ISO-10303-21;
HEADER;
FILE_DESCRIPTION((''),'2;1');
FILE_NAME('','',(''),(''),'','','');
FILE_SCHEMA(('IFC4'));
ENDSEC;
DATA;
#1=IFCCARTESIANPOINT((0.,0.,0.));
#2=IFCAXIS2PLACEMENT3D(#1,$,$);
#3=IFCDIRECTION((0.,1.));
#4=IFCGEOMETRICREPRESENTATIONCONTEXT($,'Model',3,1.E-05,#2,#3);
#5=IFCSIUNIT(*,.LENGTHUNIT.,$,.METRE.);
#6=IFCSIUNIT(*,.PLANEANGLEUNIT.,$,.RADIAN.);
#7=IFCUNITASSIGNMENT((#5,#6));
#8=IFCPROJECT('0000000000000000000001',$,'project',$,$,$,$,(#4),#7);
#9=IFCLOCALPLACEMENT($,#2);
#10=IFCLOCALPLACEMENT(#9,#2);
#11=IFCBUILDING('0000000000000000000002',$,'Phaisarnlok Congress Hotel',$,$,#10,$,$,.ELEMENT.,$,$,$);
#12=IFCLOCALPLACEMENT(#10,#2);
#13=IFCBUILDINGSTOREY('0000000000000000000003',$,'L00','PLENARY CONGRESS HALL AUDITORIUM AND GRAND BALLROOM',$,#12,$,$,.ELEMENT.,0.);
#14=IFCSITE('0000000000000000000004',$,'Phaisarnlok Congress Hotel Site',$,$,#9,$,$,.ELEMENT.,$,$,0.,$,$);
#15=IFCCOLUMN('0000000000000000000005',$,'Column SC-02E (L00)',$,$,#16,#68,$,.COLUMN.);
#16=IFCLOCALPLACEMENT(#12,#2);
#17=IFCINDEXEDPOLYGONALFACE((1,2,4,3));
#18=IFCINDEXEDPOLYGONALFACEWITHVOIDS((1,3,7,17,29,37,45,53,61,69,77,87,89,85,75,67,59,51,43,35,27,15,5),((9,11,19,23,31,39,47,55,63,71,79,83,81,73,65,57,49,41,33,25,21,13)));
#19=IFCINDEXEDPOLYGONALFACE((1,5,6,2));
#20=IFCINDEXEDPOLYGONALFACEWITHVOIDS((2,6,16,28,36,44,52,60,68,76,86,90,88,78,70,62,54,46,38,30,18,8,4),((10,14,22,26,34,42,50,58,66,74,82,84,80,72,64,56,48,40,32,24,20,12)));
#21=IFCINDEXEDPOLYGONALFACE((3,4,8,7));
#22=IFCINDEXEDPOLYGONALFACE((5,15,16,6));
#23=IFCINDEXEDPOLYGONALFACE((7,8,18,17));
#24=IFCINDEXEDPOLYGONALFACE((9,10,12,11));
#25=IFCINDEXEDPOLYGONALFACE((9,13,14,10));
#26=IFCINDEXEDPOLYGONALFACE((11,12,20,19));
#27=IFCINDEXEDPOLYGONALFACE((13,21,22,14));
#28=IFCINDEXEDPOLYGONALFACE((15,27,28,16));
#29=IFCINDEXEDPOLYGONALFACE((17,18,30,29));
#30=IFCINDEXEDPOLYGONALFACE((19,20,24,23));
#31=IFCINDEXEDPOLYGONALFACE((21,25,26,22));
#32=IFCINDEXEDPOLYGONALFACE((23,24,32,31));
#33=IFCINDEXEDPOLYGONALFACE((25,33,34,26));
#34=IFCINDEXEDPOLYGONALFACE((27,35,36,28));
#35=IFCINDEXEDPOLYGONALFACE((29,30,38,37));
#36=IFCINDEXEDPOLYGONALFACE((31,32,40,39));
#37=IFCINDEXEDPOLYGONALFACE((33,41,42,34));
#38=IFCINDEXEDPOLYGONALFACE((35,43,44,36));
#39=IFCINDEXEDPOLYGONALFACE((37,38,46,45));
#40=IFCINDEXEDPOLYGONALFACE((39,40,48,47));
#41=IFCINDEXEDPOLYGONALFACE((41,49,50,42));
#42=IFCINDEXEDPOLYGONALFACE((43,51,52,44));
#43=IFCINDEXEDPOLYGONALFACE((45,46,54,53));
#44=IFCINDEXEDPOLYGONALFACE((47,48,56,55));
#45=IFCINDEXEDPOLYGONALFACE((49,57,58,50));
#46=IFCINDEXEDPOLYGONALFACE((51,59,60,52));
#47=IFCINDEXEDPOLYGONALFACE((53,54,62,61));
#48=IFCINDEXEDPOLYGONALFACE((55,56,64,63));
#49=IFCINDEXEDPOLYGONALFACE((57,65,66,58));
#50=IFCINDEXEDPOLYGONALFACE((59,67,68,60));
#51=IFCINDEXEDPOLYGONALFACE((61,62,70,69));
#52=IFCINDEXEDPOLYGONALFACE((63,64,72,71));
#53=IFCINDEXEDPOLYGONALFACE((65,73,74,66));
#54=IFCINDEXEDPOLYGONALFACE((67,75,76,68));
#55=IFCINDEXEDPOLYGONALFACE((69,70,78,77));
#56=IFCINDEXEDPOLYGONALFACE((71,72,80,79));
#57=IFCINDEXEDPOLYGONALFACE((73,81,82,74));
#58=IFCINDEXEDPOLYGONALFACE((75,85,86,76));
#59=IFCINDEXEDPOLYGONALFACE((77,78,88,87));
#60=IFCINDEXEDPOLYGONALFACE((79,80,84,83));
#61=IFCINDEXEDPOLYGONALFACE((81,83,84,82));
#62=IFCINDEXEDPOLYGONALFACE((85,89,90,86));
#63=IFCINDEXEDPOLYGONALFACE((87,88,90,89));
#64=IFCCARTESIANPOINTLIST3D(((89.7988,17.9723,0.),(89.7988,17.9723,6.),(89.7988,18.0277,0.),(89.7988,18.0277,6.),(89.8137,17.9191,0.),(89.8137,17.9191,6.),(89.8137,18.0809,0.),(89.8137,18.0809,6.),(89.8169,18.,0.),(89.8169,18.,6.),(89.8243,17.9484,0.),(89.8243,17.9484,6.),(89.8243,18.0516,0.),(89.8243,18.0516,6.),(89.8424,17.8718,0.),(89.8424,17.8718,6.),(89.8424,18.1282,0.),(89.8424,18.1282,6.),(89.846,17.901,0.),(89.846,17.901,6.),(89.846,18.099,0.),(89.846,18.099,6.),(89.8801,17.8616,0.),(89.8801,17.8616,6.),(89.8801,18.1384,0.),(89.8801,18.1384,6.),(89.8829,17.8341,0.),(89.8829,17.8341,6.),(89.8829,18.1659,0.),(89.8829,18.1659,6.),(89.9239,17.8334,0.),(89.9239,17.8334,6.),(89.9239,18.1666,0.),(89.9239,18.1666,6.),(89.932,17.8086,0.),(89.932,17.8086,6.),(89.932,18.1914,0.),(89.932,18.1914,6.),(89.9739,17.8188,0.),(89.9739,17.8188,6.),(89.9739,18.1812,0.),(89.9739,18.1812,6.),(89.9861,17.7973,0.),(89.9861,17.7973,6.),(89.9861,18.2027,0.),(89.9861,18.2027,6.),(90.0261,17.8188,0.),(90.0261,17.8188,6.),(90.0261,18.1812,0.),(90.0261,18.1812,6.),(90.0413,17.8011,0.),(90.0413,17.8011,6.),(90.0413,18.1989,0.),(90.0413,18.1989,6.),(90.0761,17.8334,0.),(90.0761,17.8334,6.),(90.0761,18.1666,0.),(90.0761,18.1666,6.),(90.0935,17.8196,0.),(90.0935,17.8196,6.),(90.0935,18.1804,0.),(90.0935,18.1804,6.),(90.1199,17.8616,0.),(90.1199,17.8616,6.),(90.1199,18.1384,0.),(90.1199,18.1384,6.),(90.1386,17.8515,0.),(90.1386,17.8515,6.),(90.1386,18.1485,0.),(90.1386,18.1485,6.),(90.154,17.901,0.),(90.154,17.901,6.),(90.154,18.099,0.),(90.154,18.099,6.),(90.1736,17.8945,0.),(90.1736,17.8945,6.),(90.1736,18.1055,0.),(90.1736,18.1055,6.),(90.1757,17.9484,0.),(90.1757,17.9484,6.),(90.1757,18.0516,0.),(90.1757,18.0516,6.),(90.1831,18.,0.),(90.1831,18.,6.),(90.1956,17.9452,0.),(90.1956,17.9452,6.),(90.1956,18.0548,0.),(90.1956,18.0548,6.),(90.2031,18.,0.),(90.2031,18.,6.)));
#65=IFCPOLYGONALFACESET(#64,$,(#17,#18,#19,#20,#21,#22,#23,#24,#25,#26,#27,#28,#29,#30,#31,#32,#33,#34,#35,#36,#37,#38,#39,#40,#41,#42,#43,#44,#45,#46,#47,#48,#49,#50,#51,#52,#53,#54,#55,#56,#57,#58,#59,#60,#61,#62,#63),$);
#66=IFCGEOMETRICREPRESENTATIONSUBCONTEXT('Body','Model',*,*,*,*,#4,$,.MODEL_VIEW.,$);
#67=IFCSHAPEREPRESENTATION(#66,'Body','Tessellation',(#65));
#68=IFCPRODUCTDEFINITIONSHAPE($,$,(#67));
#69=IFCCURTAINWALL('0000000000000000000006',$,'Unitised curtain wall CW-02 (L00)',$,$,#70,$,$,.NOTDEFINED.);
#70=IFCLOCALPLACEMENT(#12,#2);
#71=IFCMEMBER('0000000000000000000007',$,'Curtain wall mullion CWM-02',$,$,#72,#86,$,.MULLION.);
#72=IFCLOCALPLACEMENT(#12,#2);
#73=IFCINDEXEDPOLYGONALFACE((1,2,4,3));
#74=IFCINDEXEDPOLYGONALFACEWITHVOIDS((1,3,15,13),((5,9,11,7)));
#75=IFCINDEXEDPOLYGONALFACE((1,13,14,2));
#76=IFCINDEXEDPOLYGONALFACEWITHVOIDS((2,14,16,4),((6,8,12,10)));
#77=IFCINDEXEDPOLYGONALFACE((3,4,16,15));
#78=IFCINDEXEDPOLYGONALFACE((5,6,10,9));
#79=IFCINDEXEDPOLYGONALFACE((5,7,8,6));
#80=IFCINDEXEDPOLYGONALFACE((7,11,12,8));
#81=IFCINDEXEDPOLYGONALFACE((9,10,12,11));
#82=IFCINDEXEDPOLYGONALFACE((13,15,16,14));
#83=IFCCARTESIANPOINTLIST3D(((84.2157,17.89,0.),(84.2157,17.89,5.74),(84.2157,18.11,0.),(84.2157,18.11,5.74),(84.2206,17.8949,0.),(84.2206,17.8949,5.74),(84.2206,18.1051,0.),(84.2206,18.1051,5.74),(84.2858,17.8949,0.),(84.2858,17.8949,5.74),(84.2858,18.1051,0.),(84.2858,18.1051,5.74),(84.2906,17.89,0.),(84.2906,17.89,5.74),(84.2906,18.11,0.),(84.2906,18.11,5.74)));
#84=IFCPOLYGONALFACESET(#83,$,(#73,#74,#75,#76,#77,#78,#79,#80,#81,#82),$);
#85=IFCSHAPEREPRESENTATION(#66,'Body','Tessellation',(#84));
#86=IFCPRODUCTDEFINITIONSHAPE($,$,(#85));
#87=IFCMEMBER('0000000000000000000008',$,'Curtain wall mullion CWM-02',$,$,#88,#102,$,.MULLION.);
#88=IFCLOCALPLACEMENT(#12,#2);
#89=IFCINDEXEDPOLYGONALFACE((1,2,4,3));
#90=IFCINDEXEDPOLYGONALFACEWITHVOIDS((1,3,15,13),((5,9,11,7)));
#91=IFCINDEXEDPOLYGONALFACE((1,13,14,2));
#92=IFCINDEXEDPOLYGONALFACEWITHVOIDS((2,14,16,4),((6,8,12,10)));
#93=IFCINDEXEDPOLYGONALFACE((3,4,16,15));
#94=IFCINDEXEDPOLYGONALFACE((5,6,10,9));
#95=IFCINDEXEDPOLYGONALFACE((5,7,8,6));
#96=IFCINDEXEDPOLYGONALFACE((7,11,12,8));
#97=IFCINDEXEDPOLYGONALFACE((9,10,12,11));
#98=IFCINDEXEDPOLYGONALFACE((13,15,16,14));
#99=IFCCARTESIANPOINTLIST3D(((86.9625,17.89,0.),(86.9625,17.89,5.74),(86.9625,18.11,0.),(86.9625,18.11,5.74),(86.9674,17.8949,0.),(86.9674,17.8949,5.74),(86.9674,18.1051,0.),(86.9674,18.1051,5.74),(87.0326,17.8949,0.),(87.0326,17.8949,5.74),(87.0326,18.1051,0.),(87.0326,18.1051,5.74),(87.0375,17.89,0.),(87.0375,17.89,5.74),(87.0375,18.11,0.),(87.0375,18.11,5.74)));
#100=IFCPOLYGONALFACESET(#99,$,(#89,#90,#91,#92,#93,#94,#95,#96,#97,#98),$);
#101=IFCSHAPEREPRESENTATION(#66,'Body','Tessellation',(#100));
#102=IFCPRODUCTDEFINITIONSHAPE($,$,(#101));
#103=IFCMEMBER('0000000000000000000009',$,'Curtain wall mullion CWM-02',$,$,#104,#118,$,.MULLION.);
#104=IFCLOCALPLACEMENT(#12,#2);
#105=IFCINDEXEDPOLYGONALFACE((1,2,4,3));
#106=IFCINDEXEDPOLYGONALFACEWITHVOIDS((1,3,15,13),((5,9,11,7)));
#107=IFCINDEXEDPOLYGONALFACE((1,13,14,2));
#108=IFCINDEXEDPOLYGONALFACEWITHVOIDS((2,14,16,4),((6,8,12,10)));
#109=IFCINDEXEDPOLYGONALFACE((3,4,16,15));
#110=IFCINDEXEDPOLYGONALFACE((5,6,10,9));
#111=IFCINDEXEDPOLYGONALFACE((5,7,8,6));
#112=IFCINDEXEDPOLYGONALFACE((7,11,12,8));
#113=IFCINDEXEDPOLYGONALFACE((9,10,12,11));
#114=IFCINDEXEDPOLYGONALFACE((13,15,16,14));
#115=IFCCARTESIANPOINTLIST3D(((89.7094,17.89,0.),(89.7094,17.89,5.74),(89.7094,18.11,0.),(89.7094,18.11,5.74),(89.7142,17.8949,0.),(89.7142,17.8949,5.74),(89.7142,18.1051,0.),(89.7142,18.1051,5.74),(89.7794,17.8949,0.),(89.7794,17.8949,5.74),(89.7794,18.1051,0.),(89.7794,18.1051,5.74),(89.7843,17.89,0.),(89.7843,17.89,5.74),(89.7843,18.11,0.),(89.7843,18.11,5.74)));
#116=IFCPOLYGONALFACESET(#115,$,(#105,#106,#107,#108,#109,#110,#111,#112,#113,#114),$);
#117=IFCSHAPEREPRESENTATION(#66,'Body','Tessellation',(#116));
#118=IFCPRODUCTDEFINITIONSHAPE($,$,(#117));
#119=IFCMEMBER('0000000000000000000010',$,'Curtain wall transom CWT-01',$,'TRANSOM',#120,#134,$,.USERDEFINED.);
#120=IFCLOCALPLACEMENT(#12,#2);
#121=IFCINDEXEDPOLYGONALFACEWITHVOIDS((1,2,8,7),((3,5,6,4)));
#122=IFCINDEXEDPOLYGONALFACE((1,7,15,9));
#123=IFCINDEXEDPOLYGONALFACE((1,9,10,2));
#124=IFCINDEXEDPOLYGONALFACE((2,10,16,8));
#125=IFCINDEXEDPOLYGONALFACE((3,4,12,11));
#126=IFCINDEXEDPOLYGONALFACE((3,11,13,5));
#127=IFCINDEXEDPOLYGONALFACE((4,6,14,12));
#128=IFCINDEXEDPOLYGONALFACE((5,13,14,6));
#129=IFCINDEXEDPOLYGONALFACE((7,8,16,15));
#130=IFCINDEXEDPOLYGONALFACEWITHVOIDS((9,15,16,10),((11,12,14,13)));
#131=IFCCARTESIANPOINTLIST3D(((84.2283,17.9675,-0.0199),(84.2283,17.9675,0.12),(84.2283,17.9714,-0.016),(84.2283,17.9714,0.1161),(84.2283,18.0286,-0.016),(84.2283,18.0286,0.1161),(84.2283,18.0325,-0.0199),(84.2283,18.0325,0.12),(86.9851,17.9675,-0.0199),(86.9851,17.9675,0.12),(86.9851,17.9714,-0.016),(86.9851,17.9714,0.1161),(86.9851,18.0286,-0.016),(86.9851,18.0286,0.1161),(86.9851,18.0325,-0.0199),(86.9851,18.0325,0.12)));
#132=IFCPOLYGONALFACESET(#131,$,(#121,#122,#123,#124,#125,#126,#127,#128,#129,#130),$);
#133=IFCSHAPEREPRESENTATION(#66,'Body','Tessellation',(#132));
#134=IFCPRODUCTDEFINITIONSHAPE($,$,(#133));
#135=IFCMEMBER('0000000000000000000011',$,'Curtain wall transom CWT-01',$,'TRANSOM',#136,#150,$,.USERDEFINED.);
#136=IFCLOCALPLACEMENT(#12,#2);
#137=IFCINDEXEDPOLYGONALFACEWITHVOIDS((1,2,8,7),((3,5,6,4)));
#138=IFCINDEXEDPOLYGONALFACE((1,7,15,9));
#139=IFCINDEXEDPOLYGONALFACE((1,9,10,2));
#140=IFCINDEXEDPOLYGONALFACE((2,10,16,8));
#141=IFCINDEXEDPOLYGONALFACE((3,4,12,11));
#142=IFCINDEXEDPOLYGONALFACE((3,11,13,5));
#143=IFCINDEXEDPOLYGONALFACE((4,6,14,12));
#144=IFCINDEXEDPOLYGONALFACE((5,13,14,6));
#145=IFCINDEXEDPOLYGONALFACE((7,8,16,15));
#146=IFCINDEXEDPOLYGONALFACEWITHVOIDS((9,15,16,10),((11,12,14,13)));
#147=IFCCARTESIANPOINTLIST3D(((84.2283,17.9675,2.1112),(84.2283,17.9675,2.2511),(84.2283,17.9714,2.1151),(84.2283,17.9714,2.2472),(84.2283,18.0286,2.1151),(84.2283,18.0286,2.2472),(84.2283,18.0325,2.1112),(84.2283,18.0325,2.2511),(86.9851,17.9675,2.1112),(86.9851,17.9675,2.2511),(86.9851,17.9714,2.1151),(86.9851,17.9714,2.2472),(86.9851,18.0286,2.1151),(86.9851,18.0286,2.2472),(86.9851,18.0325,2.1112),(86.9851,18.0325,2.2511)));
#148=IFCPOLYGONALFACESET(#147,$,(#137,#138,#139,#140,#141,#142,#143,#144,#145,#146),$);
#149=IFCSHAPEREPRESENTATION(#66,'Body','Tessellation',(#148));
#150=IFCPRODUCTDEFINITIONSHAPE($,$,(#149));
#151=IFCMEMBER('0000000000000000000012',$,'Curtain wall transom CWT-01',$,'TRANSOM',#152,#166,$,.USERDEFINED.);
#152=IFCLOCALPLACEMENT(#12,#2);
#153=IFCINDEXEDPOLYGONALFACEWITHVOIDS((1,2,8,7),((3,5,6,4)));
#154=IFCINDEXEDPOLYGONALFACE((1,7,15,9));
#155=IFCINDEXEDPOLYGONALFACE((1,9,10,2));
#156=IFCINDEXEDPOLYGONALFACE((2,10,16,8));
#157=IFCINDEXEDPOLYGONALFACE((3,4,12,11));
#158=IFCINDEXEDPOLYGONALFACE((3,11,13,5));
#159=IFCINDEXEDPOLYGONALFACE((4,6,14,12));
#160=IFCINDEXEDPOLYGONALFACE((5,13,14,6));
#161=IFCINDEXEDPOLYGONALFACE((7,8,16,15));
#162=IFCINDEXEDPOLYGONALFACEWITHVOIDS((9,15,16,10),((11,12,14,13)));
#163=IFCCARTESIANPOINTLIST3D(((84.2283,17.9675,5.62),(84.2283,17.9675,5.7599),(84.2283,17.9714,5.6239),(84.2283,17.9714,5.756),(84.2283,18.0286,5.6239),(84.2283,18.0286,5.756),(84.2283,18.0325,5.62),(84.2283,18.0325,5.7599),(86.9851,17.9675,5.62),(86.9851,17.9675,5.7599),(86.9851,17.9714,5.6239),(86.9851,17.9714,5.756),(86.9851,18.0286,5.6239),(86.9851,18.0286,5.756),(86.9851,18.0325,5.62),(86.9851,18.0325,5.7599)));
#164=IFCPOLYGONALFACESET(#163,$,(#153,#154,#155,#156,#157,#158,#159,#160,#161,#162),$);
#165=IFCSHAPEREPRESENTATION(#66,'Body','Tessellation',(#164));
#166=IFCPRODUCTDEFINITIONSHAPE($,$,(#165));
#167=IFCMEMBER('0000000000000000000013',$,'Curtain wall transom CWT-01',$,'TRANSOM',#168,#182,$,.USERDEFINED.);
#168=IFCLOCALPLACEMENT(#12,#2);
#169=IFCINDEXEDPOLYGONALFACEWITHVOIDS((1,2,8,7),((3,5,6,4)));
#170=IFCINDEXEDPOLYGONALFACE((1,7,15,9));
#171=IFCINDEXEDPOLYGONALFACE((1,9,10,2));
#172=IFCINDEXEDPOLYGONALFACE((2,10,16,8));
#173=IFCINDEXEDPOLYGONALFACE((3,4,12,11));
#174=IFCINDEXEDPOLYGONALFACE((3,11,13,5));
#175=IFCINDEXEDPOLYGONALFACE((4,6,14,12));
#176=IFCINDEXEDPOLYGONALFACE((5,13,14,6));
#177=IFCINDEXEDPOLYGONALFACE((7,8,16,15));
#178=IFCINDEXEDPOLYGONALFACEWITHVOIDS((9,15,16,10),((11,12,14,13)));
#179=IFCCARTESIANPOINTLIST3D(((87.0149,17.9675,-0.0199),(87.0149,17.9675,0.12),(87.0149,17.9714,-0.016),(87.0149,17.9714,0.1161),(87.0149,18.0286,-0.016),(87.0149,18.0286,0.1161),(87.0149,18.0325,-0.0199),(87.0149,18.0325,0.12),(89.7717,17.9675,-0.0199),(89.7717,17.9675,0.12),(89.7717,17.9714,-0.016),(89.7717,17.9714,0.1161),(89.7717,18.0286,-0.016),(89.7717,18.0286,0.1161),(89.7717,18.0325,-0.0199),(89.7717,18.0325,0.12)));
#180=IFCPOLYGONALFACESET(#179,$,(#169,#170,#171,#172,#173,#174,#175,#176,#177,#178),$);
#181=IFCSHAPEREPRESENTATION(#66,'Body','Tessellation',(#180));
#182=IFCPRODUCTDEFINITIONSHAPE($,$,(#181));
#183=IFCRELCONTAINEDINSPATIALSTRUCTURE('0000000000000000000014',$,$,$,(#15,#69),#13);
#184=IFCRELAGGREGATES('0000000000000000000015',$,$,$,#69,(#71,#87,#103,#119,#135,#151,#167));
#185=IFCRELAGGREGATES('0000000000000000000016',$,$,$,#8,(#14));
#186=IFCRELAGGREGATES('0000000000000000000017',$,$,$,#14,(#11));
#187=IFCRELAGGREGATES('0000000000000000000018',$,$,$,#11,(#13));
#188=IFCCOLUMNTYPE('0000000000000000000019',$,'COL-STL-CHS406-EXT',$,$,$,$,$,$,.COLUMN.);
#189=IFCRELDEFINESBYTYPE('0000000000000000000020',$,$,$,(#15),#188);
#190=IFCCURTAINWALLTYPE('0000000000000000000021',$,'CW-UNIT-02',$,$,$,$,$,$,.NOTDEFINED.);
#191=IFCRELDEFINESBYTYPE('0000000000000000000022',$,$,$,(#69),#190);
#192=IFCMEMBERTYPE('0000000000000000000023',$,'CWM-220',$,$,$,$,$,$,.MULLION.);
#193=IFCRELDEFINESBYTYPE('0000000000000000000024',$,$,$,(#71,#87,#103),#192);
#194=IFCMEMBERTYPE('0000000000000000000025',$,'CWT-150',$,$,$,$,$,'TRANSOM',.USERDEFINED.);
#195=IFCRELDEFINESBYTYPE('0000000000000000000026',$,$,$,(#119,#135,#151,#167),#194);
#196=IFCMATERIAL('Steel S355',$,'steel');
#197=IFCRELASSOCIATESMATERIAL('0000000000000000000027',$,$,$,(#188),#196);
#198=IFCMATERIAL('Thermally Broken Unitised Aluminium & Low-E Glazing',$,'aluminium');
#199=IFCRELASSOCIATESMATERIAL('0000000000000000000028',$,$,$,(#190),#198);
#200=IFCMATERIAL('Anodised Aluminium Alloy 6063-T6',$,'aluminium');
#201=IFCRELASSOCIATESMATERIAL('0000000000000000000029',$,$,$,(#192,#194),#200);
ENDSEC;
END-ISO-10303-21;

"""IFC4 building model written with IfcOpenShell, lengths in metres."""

from ifc_helpers import new_model, si_unit, direction, frame, origin, origin_2d, place, context, subcontext, project, spatial, hollow_rectangle, hollow_circle, extrude, material, material_profile, profile_set, type_object, element, aggregate, save


model = new_model("IFC4")

# Units and contexts
model_context = context("Model", 3, precision=1e-05, world=origin(), true_north=direction((0.0, 1.0)))
body_context = subcontext(model_context, "Body", "Model", "MODEL_VIEW")
ifc_project = project(units=[si_unit("LENGTHUNIT", "METRE"), si_unit("PLANEANGLEUNIT", "RADIAN")], contexts=[model_context])

# Site, building, storey
site_placement = place(None, origin())
site = spatial("IfcSite", under=ifc_project, at=site_placement, Name="Phaisarnlok Congress Hotel Site", CompositionType="ELEMENT", RefElevation=0.0)
building_placement = place(site_placement, origin())
building = spatial("IfcBuilding", under=site, at=building_placement, Name="Phaisarnlok Congress Hotel", CompositionType="ELEMENT")
storey_placement = place(building_placement, origin())
storey = spatial("IfcBuildingStorey", under=building, at=storey_placement, Name="L00", Description="PLENARY CONGRESS HALL AUDITORIUM AND GRAND BALLROOM", CompositionType="ELEMENT", Elevation=0.0)

# Column
ifc_material_1 = material(Name="Steel S355", Category="steel")
ifc_material_profile_1 = material_profile(ifc_material_1, hollow_circle(Radius=0.2031, WallThickness=0.02, at=origin_2d()), Name="CHS 406.4x20")
ifc_profile_set_1 = profile_set([ifc_material_profile_1], Name="Steel S355")
column_type_1 = type_object("IfcColumnType", Name="COL-STL-CHS406-EXT", PredefinedType="COLUMN", material=ifc_profile_set_1)
for number, where, z_axis, x_axis, name in (
    (1, (90.0, 18.0, 0.0), (0.0, 0.0, 1.0), (1.0, 0.0, 0.0), "Column SC-02E (L00)"),
):
    element("IfcColumn", number, at=place(storey_placement, frame(where, z_axis=z_axis, x_axis=x_axis)), inside=storey, type_object=column_type_1, Name=name, PredefinedType="COLUMN", context=body_context, shape_type="SweptSolid", body=[
        extrude(hollow_circle(Radius=0.2031, WallThickness=0.02, at=origin_2d()), origin(), (0.0, 0.0, 1.0), 6.0),
    ])

# Curtain wall, members
ifc_material_2 = material(Name="Thermally Broken Unitised Aluminium & Low-E Glazing", Category="aluminium")
curtain_wall_type = type_object("IfcCurtainWallType", Name="CW-UNIT-02", PredefinedType="NOTDEFINED", material=ifc_material_2)
curtain_wall_placement = place(storey_placement, origin())
curtain_wall = element("IfcCurtainWall", 2, at=curtain_wall_placement, inside=storey, type_object=curtain_wall_type, Name="Unitised curtain wall CW-02 (L00)", PredefinedType="NOTDEFINED")
ifc_material_3 = material(Name="Anodised Aluminium Alloy 6063-T6", Category="aluminium")
ifc_material_profile_2 = material_profile(ifc_material_3, hollow_rectangle(XDim=0.075, YDim=0.22, WallThickness=0.0049, at=origin_2d()), Name="ALU-M 75x220x5")
ifc_profile_set_2 = profile_set([ifc_material_profile_2], Name="Anodised Aluminium Alloy 6063-T6")
member_type_1 = type_object("IfcMemberType", Name="CWM-220", PredefinedType="MULLION", material=ifc_profile_set_2)
member_1_placement = place(storey_placement, frame((84.2532, 18.0, 0.0), z_axis=(0.0, 0.0, 1.0), x_axis=(1.0, 0.0, 0.0)))
member_1 = element("IfcMember", 3, at=member_1_placement, type_object=member_type_1, Name="Curtain wall mullion CWM-02", PredefinedType="MULLION", context=body_context, shape_type="SweptSolid", body=[
    extrude(hollow_rectangle(XDim=0.075, YDim=0.22, WallThickness=0.0049, at=origin_2d()), origin(), (0.0, 0.0, 1.0), 5.74),
])
member_2_placement = place(storey_placement, frame((87.0, 18.0, 0.0), z_axis=(0.0, 0.0, 1.0), x_axis=(1.0, 0.0, 0.0)))
member_2 = element("IfcMember", 4, at=member_2_placement, type_object=member_type_1, Name="Curtain wall mullion CWM-02", PredefinedType="MULLION", context=body_context, shape_type="SweptSolid", body=[
    extrude(hollow_rectangle(XDim=0.075, YDim=0.22, WallThickness=0.0049, at=origin_2d()), origin(), (0.0, 0.0, 1.0), 5.74),
])
member_3_placement = place(storey_placement, frame((89.7468, 18.0, 0.0), z_axis=(0.0, 0.0, 1.0), x_axis=(1.0, 0.0, 0.0)))
member_3 = element("IfcMember", 5, at=member_3_placement, type_object=member_type_1, Name="Curtain wall mullion CWM-02", PredefinedType="MULLION", context=body_context, shape_type="SweptSolid", body=[
    extrude(hollow_rectangle(XDim=0.075, YDim=0.22, WallThickness=0.0049, at=origin_2d()), origin(), (0.0, 0.0, 1.0), 5.74),
])
ifc_material_profile_3 = material_profile(ifc_material_3, hollow_rectangle(XDim=0.0649, YDim=0.1399, WallThickness=0.0039, at=origin_2d()), Name="ALU-T 65x140x4")
ifc_profile_set_3 = profile_set([ifc_material_profile_3], Name="Anodised Aluminium Alloy 6063-T6")
member_type_2 = type_object("IfcMemberType", Name="CWT-150", ElementType="TRANSOM", PredefinedType="USERDEFINED", material=ifc_profile_set_3)
member_4_placement = place(storey_placement, frame((84.2283, 18.0, 0.05), z_axis=(1.0, 0.0, 0.0), x_axis=(0.0, 1.0, 0.0)))
member_4 = element("IfcMember", 6, at=member_4_placement, type_object=member_type_2, Name="Curtain wall transom CWT-01", ObjectType="TRANSOM", PredefinedType="USERDEFINED", context=body_context, shape_type="SweptSolid", body=[
    extrude(hollow_rectangle(XDim=0.0649, YDim=0.1399, WallThickness=0.0039, at=origin_2d()), origin(), (0.0, 0.0, 1.0), 2.7568),
])
member_5_placement = place(storey_placement, frame((84.2283, 18.0, 2.1812), z_axis=(1.0, 0.0, 0.0), x_axis=(0.0, 1.0, 0.0)))
member_5 = element("IfcMember", 7, at=member_5_placement, type_object=member_type_2, Name="Curtain wall transom CWT-01", ObjectType="TRANSOM", PredefinedType="USERDEFINED", context=body_context, shape_type="SweptSolid", body=[
    extrude(hollow_rectangle(XDim=0.0649, YDim=0.1399, WallThickness=0.0039, at=origin_2d()), origin(), (0.0, 0.0, 1.0), 2.7568),
])
member_6_placement = place(storey_placement, frame((84.2283, 18.0, 5.6899), z_axis=(1.0, 0.0, 0.0), x_axis=(0.0, 1.0, 0.0)))
member_6 = element("IfcMember", 8, at=member_6_placement, type_object=member_type_2, Name="Curtain wall transom CWT-01", ObjectType="TRANSOM", PredefinedType="USERDEFINED", context=body_context, shape_type="SweptSolid", body=[
    extrude(hollow_rectangle(XDim=0.0649, YDim=0.1399, WallThickness=0.0039, at=origin_2d()), origin(), (0.0, 0.0, 1.0), 2.7568),
])
member_7_placement = place(storey_placement, frame((87.0149, 18.0, 0.05), z_axis=(1.0, 0.0, 0.0), x_axis=(0.0, 1.0, 0.0)))
member_7 = element("IfcMember", 9, at=member_7_placement, type_object=member_type_2, Name="Curtain wall transom CWT-01", ObjectType="TRANSOM", PredefinedType="USERDEFINED", context=body_context, shape_type="SweptSolid", body=[
    extrude(hollow_rectangle(XDim=0.0649, YDim=0.1399, WallThickness=0.0039, at=origin_2d()), origin(), (0.0, 0.0, 1.0), 2.7568),
])

aggregate(curtain_wall, [member_1, member_2, member_3, member_4, member_5, member_6, member_7])

save(model, "model.ifc")
